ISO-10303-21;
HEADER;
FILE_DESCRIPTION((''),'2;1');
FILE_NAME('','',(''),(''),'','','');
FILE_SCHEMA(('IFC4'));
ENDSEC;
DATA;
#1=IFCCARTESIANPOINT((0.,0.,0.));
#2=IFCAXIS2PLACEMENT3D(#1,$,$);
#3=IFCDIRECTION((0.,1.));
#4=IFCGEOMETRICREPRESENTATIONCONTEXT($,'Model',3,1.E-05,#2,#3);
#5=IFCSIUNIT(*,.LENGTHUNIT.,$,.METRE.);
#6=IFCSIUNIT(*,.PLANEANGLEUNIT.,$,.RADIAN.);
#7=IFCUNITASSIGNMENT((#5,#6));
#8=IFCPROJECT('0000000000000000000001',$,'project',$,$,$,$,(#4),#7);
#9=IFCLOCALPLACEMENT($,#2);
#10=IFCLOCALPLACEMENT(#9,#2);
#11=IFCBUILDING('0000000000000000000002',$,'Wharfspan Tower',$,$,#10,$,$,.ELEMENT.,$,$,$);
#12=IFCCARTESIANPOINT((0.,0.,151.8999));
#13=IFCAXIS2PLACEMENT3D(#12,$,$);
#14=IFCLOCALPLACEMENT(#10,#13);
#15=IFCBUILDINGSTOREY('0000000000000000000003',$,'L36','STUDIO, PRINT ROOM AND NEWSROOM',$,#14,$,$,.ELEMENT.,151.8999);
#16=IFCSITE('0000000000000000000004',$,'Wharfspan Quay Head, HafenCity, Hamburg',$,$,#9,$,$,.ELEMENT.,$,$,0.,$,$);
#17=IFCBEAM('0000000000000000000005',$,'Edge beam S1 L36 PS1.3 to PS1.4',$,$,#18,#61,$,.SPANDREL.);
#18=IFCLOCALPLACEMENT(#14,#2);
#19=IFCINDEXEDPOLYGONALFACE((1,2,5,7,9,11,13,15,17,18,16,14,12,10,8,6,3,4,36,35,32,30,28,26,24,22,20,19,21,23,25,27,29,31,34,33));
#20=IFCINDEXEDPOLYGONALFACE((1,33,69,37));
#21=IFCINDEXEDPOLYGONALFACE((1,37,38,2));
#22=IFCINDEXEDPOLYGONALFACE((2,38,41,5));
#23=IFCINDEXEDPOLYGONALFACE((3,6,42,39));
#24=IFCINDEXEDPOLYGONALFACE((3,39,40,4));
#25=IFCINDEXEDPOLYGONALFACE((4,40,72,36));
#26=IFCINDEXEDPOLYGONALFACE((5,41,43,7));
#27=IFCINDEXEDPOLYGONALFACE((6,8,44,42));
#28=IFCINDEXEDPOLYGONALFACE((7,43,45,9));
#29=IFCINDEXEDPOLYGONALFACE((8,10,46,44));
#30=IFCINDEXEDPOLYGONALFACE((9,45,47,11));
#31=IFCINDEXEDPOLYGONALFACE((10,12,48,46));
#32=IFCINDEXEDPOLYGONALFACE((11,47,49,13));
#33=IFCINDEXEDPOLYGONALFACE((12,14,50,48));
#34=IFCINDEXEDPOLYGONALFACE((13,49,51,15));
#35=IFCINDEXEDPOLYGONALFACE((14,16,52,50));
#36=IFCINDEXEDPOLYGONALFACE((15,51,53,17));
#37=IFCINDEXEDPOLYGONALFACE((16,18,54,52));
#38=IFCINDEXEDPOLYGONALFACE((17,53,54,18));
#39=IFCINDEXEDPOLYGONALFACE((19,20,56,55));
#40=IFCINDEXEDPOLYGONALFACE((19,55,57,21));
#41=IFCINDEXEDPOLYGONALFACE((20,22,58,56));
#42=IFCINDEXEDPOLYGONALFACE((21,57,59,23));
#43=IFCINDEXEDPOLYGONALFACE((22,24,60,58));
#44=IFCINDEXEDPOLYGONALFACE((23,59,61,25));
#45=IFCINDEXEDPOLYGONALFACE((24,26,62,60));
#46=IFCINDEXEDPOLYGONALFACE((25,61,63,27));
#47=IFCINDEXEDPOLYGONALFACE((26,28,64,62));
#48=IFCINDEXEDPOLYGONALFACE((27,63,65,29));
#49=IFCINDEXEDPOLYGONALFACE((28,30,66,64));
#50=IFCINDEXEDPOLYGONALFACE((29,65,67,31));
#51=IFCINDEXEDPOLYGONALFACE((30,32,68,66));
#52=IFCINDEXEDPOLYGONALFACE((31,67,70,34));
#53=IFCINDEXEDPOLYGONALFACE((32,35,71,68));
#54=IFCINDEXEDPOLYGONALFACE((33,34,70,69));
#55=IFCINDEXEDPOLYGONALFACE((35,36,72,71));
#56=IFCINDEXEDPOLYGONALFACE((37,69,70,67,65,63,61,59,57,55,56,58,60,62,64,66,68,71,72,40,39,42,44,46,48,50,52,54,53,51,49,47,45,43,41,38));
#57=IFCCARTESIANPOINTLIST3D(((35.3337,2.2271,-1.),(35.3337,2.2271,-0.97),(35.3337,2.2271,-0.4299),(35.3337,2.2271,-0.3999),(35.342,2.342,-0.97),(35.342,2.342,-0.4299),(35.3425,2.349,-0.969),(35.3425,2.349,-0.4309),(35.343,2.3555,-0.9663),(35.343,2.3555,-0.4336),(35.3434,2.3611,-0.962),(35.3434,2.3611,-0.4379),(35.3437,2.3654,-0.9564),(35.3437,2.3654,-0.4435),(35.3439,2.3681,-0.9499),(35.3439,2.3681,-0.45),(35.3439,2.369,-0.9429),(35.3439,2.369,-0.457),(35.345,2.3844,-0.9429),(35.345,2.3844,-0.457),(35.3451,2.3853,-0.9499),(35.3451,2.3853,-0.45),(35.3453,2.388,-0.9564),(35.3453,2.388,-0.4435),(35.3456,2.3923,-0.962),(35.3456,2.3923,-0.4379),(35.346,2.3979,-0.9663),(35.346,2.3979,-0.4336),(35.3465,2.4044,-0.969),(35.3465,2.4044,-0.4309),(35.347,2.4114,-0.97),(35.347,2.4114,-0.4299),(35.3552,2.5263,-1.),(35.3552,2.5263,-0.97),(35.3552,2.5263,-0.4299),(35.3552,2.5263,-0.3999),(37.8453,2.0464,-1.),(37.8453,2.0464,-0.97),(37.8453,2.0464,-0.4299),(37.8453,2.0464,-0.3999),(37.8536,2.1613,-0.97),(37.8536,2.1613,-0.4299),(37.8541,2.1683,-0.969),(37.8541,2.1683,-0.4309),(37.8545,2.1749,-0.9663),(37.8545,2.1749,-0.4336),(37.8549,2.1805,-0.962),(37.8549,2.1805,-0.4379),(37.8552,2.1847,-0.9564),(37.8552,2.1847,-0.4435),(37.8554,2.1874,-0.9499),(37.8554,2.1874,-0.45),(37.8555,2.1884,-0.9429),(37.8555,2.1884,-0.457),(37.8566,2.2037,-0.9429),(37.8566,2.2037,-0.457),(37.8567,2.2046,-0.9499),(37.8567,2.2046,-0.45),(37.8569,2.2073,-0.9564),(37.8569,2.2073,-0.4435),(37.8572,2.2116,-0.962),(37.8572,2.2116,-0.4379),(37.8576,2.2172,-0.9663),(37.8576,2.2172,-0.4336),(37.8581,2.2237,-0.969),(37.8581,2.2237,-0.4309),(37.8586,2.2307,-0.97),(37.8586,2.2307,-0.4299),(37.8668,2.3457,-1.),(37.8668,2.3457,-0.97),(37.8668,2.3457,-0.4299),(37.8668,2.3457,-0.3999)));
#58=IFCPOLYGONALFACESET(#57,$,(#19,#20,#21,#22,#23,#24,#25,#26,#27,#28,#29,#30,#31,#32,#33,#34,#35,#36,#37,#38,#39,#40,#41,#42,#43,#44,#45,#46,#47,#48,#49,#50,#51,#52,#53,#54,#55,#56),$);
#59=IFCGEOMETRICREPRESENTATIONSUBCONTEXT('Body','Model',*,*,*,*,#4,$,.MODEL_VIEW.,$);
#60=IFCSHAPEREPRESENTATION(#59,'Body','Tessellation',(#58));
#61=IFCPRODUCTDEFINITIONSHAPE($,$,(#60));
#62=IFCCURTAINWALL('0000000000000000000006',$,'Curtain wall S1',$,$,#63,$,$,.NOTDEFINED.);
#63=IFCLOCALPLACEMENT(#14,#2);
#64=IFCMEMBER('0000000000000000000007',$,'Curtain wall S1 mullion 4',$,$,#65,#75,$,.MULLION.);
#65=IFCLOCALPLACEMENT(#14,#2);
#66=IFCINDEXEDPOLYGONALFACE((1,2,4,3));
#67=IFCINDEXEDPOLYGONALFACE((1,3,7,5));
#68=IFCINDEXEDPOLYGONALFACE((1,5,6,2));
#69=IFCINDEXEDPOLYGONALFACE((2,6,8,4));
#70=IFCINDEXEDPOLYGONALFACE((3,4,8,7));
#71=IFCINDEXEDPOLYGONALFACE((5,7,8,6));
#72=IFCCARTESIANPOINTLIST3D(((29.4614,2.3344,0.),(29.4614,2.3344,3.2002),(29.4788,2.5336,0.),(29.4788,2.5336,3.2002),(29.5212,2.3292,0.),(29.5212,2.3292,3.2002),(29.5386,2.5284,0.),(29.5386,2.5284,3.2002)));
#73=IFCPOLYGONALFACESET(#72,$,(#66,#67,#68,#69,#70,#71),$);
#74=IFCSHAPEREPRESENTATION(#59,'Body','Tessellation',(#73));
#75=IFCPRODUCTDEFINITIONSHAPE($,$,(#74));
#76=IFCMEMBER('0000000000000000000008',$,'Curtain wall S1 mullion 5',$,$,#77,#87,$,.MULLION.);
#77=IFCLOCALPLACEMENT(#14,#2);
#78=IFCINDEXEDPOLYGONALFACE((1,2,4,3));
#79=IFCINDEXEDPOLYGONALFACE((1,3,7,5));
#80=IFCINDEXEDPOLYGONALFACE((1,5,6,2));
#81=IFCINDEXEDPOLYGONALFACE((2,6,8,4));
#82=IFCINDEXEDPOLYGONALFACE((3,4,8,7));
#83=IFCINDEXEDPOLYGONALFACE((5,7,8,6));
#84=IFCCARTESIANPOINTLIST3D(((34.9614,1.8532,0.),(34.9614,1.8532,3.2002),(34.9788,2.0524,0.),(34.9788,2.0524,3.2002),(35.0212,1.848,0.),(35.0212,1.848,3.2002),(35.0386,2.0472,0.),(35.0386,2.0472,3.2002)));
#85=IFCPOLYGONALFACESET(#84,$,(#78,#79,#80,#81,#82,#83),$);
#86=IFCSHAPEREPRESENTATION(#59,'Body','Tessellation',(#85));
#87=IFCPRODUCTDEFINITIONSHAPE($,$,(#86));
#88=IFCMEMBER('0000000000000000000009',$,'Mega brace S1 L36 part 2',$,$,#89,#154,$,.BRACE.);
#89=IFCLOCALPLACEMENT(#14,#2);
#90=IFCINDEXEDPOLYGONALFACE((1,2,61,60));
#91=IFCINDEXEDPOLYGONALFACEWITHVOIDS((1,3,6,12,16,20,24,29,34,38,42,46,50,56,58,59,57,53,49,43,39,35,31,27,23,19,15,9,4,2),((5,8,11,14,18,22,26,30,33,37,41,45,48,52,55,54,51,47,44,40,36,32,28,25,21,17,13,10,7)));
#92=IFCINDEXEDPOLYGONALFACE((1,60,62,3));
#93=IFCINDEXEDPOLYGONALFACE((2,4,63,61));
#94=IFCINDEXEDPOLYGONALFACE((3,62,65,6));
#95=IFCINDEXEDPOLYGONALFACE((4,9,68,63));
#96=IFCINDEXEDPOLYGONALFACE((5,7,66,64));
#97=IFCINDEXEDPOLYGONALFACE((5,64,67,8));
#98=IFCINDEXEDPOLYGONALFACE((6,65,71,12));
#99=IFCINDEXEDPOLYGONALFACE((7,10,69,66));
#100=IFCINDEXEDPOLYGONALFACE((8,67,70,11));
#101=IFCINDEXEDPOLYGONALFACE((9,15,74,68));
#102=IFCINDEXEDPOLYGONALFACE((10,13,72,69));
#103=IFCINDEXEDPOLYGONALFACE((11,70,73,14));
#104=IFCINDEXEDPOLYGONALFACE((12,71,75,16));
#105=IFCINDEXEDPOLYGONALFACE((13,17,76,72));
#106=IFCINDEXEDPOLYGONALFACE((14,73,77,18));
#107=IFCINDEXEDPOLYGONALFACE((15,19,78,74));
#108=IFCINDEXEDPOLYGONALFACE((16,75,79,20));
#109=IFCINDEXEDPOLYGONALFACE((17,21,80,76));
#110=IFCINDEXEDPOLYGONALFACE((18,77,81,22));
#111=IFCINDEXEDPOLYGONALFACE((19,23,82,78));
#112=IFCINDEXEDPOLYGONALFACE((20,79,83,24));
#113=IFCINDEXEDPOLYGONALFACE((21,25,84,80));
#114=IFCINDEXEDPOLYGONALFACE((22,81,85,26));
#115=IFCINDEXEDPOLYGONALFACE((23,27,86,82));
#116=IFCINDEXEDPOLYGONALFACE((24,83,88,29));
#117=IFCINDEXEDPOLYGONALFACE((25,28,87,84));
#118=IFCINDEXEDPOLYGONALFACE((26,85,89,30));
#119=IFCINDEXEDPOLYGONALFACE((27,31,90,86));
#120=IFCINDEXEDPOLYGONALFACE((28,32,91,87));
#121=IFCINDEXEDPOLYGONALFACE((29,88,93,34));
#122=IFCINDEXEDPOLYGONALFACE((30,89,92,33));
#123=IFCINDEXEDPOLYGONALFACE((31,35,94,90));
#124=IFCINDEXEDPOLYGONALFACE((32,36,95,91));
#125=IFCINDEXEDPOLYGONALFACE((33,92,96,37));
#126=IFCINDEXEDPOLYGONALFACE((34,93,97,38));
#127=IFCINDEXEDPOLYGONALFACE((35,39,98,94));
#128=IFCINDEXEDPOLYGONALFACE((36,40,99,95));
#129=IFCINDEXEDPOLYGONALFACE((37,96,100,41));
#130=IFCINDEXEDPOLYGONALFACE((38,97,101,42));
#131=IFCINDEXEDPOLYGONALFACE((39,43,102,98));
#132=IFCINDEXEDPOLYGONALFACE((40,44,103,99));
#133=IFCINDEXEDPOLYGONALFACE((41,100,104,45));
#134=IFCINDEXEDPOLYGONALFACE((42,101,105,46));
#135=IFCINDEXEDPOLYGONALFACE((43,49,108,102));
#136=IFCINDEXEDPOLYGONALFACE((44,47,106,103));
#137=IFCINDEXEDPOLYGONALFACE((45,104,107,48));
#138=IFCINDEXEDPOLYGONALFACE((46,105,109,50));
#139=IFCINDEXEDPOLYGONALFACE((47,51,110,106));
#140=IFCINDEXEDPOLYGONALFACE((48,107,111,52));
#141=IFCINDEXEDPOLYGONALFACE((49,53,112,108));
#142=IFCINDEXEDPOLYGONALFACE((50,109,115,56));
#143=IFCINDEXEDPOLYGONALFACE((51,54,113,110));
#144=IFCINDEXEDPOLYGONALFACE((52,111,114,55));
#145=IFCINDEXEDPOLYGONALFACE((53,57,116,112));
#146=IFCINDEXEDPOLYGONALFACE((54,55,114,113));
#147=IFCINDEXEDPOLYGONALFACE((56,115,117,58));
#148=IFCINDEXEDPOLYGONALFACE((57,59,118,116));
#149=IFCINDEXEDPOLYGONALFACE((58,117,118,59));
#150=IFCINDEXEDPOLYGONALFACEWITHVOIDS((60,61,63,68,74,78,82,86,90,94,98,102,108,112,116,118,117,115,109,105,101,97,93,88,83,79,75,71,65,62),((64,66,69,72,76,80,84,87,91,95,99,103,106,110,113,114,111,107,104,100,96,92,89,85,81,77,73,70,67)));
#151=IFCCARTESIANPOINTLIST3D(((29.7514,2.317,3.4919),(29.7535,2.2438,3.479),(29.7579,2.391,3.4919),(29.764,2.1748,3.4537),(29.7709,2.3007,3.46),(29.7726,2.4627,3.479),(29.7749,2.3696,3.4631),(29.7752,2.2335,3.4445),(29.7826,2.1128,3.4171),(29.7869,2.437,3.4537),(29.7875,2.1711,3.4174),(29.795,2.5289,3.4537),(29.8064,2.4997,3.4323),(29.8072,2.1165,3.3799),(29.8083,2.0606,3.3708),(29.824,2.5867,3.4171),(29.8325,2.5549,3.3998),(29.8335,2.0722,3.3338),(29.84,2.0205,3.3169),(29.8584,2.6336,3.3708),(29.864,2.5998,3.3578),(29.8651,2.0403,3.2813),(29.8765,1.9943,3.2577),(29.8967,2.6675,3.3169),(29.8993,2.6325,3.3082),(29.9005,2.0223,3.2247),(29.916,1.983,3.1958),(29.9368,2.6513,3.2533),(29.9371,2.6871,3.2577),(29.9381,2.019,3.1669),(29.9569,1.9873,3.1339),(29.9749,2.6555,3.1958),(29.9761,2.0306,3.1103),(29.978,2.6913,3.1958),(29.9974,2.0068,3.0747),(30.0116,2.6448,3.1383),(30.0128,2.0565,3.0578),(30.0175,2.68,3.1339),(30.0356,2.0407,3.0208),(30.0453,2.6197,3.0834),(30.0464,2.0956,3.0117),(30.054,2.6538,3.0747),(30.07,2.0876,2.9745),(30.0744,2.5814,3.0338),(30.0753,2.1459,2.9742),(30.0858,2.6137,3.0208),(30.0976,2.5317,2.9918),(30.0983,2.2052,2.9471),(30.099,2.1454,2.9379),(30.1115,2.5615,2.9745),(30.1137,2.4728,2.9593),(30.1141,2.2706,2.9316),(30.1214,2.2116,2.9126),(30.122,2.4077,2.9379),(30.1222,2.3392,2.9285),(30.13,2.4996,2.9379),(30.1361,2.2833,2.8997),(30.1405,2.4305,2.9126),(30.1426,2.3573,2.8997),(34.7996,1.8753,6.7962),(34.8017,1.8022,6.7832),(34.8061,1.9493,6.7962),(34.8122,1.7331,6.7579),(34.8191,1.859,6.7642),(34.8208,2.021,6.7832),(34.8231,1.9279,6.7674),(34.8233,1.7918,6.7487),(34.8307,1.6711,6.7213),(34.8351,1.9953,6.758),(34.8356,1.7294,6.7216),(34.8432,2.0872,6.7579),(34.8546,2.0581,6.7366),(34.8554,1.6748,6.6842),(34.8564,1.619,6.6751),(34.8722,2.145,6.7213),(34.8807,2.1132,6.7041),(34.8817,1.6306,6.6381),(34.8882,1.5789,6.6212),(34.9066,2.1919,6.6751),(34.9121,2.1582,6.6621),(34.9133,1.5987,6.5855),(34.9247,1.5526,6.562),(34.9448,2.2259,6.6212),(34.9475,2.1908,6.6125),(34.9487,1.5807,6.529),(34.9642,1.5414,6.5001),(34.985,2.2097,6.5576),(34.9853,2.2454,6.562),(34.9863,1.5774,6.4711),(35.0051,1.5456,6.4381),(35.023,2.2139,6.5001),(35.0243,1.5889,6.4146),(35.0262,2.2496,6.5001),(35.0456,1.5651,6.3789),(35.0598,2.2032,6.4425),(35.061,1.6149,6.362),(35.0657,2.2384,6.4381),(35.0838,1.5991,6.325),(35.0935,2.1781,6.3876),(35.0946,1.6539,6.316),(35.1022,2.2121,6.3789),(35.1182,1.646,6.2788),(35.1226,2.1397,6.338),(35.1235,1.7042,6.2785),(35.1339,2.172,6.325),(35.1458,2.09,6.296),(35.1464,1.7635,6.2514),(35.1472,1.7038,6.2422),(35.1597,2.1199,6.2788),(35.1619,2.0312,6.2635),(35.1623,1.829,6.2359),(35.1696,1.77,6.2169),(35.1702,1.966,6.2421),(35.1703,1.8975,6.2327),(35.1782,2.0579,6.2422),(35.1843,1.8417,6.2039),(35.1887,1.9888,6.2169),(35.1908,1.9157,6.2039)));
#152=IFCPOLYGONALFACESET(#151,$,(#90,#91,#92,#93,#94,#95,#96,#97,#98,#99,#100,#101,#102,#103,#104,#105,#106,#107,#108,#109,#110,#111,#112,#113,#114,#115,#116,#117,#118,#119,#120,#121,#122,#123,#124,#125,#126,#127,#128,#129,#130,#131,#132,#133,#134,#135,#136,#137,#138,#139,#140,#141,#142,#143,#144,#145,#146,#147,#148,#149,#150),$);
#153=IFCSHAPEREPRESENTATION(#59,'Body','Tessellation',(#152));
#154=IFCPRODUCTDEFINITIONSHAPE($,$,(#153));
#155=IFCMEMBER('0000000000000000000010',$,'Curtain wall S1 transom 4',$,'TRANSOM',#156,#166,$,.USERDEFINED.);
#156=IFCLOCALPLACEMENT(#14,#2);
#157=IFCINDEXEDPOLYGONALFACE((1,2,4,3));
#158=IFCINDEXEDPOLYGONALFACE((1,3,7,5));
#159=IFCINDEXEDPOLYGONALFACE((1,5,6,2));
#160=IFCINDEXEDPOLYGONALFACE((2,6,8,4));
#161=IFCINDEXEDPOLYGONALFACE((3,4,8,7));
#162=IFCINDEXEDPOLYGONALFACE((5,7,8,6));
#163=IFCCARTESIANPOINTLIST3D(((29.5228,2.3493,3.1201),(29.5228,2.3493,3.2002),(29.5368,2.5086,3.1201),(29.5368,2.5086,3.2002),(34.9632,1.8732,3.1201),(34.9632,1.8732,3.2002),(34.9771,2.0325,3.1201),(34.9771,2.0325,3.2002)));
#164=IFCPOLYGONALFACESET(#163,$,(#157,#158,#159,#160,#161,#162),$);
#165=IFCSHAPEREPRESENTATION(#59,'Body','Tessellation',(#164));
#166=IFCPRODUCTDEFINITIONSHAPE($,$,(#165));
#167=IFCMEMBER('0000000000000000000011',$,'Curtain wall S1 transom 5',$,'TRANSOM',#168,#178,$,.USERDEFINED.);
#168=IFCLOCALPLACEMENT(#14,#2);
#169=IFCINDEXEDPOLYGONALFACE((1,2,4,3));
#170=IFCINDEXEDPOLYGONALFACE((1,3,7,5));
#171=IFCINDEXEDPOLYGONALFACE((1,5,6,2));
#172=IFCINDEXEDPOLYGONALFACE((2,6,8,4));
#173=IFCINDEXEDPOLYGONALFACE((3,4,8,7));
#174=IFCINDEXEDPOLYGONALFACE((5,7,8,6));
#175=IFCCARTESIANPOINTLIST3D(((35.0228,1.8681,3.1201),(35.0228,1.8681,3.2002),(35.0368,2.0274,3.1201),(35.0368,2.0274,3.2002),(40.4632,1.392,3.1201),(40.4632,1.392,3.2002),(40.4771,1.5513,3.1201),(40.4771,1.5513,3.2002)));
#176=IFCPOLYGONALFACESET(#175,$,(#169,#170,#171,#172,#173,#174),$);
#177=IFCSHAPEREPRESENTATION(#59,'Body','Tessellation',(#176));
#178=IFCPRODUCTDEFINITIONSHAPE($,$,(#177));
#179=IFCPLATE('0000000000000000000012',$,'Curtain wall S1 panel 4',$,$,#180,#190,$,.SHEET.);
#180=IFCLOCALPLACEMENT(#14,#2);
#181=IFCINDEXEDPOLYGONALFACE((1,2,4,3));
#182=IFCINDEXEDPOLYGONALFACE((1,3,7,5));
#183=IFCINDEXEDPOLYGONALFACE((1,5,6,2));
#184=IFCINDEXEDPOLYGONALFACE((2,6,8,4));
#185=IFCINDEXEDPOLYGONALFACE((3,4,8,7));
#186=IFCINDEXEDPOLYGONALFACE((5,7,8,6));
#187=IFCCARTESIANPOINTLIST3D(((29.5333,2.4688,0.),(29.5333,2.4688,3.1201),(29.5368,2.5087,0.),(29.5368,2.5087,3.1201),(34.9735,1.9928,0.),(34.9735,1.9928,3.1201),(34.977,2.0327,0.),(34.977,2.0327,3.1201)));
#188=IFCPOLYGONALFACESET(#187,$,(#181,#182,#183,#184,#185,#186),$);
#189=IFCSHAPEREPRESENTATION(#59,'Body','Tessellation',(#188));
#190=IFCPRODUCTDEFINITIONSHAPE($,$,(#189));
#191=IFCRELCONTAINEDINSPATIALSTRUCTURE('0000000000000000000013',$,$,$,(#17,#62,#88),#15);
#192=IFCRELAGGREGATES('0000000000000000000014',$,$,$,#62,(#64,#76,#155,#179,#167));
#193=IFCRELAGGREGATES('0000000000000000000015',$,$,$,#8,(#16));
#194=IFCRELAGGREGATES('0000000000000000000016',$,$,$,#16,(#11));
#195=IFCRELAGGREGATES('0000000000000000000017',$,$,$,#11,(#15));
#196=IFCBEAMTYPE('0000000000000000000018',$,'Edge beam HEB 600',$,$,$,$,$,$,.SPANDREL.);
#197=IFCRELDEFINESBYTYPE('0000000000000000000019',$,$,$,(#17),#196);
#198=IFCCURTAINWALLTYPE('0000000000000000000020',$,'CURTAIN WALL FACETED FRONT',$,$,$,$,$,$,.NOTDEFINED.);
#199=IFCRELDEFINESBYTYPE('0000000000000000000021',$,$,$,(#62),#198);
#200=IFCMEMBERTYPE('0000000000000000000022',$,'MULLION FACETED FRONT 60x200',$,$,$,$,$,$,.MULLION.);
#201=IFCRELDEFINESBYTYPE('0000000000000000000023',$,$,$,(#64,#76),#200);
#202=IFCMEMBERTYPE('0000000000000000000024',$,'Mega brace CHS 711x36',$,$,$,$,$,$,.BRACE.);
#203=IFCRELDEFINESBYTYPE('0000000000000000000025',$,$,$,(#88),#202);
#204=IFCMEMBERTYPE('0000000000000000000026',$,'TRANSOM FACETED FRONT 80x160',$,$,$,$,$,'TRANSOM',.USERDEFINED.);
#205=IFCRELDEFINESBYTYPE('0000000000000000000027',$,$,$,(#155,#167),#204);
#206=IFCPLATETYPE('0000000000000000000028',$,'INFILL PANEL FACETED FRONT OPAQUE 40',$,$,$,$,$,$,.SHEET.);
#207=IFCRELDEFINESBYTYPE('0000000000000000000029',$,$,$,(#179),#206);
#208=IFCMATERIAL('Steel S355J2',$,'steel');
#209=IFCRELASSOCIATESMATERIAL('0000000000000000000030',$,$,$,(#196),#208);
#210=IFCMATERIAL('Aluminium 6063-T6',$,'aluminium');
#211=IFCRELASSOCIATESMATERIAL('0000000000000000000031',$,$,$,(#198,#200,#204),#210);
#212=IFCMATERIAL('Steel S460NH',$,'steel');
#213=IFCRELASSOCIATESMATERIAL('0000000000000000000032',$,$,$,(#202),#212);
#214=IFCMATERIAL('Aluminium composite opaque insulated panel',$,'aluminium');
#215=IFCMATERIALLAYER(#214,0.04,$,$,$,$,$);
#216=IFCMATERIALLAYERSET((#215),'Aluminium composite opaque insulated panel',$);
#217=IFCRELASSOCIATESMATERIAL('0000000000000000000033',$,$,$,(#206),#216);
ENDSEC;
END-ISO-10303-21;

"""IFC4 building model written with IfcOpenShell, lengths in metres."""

from ifc_helpers import new_model, si_unit, direction, frame, origin, origin_2d, place, context, subcontext, project, spatial, rectangle, hollow_circle, i_section, extrude, material, layer, layer_set, material_profile, profile_set, type_object, element, aggregate, save


model = new_model("IFC4")

# Units and contexts
model_context = context("Model", 3, precision=1e-05, world=origin(), true_north=direction((0.0, 1.0)))
body_context = subcontext(model_context, "Body", "Model", "MODEL_VIEW")
ifc_project = project(units=[si_unit("LENGTHUNIT", "METRE"), si_unit("PLANEANGLEUNIT", "RADIAN")], contexts=[model_context])

# Site, building, storey
site_placement = place(None, origin())
site = spatial("IfcSite", under=ifc_project, at=site_placement, Name="Wharfspan Quay Head, HafenCity, Hamburg", CompositionType="ELEMENT", RefElevation=0.0)
building_placement = place(site_placement, origin())
building = spatial("IfcBuilding", under=site, at=building_placement, Name="Wharfspan Tower", CompositionType="ELEMENT")
storey_placement = place(building_placement, frame((0.0, 0.0, 151.8999)))
storey = spatial("IfcBuildingStorey", under=building, at=storey_placement, Name="L36", Description="STUDIO, PRINT ROOM AND NEWSROOM", CompositionType="ELEMENT", Elevation=151.8999)

# Shared definitions
ifc_material_1 = material(Name="Steel S355J2", Category="steel")

# Shared definitions
ifc_material_2 = material(Name="Steel S460NH", Category="steel")

# Beam
ifc_material_profile_1 = material_profile(ifc_material_1, i_section(OverallWidth=0.3, OverallDepth=0.6001, WebThickness=0.0154, FlangeThickness=0.03, FilletRadius=0.0271, at=origin_2d()))
ifc_profile_set_1 = profile_set([ifc_material_profile_1], Name="Steel S355J2")
beam_type = type_object("IfcBeamType", Name="Edge beam HEB 600", PredefinedType="SPANDREL", material=ifc_profile_set_1)
beam_placement = place(storey_placement, frame((35.3445, 2.3767, -0.7), z_axis=(0.997423, -0.07175, 0.0), x_axis=(0.07175, 0.997423, 0.0)))
element("IfcBeam", 1, at=beam_placement, inside=storey, type_object=beam_type, Name="Edge beam S1 L36 PS1.3 to PS1.4", PredefinedType="SPANDREL", context=body_context, shape_type="SweptSolid", body=[
    extrude(i_section(OverallWidth=0.3, OverallDepth=0.6001, WebThickness=0.0154, FlangeThickness=0.03, FilletRadius=0.0271, at=origin_2d()), origin(), (0.0, 0.0, 1.0), 2.5181),
])

# Curtain wall, members
ifc_material_3 = material(Name="Aluminium 6063-T6", Category="aluminium")
curtain_wall_type = type_object("IfcCurtainWallType", Name="CURTAIN WALL FACETED FRONT", PredefinedType="NOTDEFINED", material=ifc_material_3)
curtain_wall_placement = place(storey_placement, origin())
curtain_wall = element("IfcCurtainWall", 2, at=curtain_wall_placement, inside=storey, type_object=curtain_wall_type, Name="Curtain wall S1", PredefinedType="NOTDEFINED")
ifc_material_profile_2 = material_profile(ifc_material_3, rectangle(XDim=0.2, YDim=0.0601, at=origin_2d()))
ifc_profile_set_2 = profile_set([ifc_material_profile_2], Name="Aluminium 6063-T6")
member_type_1 = type_object("IfcMemberType", Name="MULLION FACETED FRONT 60x200", PredefinedType="MULLION", material=ifc_profile_set_2)
member_1_placement = place(storey_placement, frame((29.5, 2.4314, 0.0), z_axis=(0.0, 0.0, 1.0), x_axis=(0.087156, 0.996198, 0.0)))
member_1 = element("IfcMember", 3, at=member_1_placement, type_object=member_type_1, Name="Curtain wall S1 mullion 4", PredefinedType="MULLION", context=body_context, shape_type="SweptSolid", body=[
    extrude(rectangle(XDim=0.2, YDim=0.0601, at=origin_2d()), origin(), (0.0, 0.0, 1.0), 3.2002),
])
member_2_placement = place(storey_placement, frame((35.0, 1.9502, 0.0), z_axis=(0.0, 0.0, 1.0), x_axis=(0.087156, 0.996198, 0.0)))
member_2 = element("IfcMember", 4, at=member_2_placement, type_object=member_type_1, Name="Curtain wall S1 mullion 5", PredefinedType="MULLION", context=body_context, shape_type="SweptSolid", body=[
    extrude(rectangle(XDim=0.2, YDim=0.0601, at=origin_2d()), origin(), (0.0, 0.0, 1.0), 3.2002),
])

# Members
ifc_material_profile_3 = material_profile(ifc_material_2, hollow_circle(Radius=0.3555, WallThickness=0.0359, at=origin_2d()))
ifc_profile_set_3 = profile_set([ifc_material_profile_3], Name="Steel S460NH")
member_type_2 = type_object("IfcMemberType", Name="Mega brace CHS 711x36", PredefinedType="BRACE", material=ifc_profile_set_3)
member_3_placement = place(storey_placement, frame((29.947, 2.3372, 3.1958), z_axis=(0.834469, -0.073006, 0.546197), x_axis=(0.087156, 0.996198, -0.000001)))
element("IfcMember", 5, at=member_3_placement, inside=storey, type_object=member_type_2, Name="Mega brace S1 L36 part 2", PredefinedType="BRACE", context=body_context, shape_type="SweptSolid", body=[
    extrude(hollow_circle(Radius=0.3555, WallThickness=0.0359, at=origin_2d()), origin(), (0.0, 0.0, 1.0), 6.0496),
])
ifc_material_profile_4 = material_profile(ifc_material_3, rectangle(XDim=0.1599, YDim=0.0801, at=origin_2d()))
ifc_profile_set_4 = profile_set([ifc_material_profile_4], Name="Aluminium 6063-T6")
member_type_3 = type_object("IfcMemberType", Name="TRANSOM FACETED FRONT 80x160", ElementType="TRANSOM", PredefinedType="USERDEFINED", material=ifc_profile_set_4)
member_4_placement = place(storey_placement, frame((29.5298, 2.429, 3.1602), z_axis=(0.996193, -0.087174, 0.0), x_axis=(0.087174, 0.996193, 0.0)))
member_4 = element("IfcMember", 6, at=member_4_placement, type_object=member_type_3, Name="Curtain wall S1 transom 4", ObjectType="TRANSOM", PredefinedType="USERDEFINED", context=body_context, shape_type="SweptSolid", body=[
    extrude(rectangle(XDim=0.1599, YDim=0.0801, at=origin_2d()), origin(), (0.0, 0.0, 1.0), 5.4612),
])
member_5_placement = place(storey_placement, frame((35.0298, 1.9478, 3.1602), z_axis=(0.996193, -0.087174, 0.0), x_axis=(0.087174, 0.996193, 0.0)))
member_5 = element("IfcMember", 7, at=member_5_placement, type_object=member_type_3, Name="Curtain wall S1 transom 5", ObjectType="TRANSOM", PredefinedType="USERDEFINED", context=body_context, shape_type="SweptSolid", body=[
    extrude(rectangle(XDim=0.1599, YDim=0.0801, at=origin_2d()), origin(), (0.0, 0.0, 1.0), 5.4612),
])

# Plate
ifc_material_4 = material(Name="Aluminium composite opaque insulated panel", Category="aluminium")
ifc_layer_1 = layer(ifc_material_4, 0.04)
ifc_layer_set_1 = layer_set([ifc_layer_1], Name="Aluminium composite opaque insulated panel")
plate_type = type_object("IfcPlateType", Name="INFILL PANEL FACETED FRONT OPAQUE 40", PredefinedType="SHEET", material=ifc_layer_set_1)
plate_placement = place(storey_placement, frame((32.2551, 2.2507, 0.0), z_axis=(0.0, 0.0, 1.0), x_axis=(0.996198, -0.087156, 0.0)))
plate = element("IfcPlate", 8, at=plate_placement, type_object=plate_type, Name="Curtain wall S1 panel 4", PredefinedType="SHEET", context=body_context, shape_type="SweptSolid", body=[
    extrude(rectangle(XDim=5.4609, YDim=0.04, at=origin_2d()), origin(), (0.0, 0.0, 1.0), 3.1201),
])
aggregate(curtain_wall, [member_1, member_2, member_4, plate, member_5])

save(model, "model.ifc")
